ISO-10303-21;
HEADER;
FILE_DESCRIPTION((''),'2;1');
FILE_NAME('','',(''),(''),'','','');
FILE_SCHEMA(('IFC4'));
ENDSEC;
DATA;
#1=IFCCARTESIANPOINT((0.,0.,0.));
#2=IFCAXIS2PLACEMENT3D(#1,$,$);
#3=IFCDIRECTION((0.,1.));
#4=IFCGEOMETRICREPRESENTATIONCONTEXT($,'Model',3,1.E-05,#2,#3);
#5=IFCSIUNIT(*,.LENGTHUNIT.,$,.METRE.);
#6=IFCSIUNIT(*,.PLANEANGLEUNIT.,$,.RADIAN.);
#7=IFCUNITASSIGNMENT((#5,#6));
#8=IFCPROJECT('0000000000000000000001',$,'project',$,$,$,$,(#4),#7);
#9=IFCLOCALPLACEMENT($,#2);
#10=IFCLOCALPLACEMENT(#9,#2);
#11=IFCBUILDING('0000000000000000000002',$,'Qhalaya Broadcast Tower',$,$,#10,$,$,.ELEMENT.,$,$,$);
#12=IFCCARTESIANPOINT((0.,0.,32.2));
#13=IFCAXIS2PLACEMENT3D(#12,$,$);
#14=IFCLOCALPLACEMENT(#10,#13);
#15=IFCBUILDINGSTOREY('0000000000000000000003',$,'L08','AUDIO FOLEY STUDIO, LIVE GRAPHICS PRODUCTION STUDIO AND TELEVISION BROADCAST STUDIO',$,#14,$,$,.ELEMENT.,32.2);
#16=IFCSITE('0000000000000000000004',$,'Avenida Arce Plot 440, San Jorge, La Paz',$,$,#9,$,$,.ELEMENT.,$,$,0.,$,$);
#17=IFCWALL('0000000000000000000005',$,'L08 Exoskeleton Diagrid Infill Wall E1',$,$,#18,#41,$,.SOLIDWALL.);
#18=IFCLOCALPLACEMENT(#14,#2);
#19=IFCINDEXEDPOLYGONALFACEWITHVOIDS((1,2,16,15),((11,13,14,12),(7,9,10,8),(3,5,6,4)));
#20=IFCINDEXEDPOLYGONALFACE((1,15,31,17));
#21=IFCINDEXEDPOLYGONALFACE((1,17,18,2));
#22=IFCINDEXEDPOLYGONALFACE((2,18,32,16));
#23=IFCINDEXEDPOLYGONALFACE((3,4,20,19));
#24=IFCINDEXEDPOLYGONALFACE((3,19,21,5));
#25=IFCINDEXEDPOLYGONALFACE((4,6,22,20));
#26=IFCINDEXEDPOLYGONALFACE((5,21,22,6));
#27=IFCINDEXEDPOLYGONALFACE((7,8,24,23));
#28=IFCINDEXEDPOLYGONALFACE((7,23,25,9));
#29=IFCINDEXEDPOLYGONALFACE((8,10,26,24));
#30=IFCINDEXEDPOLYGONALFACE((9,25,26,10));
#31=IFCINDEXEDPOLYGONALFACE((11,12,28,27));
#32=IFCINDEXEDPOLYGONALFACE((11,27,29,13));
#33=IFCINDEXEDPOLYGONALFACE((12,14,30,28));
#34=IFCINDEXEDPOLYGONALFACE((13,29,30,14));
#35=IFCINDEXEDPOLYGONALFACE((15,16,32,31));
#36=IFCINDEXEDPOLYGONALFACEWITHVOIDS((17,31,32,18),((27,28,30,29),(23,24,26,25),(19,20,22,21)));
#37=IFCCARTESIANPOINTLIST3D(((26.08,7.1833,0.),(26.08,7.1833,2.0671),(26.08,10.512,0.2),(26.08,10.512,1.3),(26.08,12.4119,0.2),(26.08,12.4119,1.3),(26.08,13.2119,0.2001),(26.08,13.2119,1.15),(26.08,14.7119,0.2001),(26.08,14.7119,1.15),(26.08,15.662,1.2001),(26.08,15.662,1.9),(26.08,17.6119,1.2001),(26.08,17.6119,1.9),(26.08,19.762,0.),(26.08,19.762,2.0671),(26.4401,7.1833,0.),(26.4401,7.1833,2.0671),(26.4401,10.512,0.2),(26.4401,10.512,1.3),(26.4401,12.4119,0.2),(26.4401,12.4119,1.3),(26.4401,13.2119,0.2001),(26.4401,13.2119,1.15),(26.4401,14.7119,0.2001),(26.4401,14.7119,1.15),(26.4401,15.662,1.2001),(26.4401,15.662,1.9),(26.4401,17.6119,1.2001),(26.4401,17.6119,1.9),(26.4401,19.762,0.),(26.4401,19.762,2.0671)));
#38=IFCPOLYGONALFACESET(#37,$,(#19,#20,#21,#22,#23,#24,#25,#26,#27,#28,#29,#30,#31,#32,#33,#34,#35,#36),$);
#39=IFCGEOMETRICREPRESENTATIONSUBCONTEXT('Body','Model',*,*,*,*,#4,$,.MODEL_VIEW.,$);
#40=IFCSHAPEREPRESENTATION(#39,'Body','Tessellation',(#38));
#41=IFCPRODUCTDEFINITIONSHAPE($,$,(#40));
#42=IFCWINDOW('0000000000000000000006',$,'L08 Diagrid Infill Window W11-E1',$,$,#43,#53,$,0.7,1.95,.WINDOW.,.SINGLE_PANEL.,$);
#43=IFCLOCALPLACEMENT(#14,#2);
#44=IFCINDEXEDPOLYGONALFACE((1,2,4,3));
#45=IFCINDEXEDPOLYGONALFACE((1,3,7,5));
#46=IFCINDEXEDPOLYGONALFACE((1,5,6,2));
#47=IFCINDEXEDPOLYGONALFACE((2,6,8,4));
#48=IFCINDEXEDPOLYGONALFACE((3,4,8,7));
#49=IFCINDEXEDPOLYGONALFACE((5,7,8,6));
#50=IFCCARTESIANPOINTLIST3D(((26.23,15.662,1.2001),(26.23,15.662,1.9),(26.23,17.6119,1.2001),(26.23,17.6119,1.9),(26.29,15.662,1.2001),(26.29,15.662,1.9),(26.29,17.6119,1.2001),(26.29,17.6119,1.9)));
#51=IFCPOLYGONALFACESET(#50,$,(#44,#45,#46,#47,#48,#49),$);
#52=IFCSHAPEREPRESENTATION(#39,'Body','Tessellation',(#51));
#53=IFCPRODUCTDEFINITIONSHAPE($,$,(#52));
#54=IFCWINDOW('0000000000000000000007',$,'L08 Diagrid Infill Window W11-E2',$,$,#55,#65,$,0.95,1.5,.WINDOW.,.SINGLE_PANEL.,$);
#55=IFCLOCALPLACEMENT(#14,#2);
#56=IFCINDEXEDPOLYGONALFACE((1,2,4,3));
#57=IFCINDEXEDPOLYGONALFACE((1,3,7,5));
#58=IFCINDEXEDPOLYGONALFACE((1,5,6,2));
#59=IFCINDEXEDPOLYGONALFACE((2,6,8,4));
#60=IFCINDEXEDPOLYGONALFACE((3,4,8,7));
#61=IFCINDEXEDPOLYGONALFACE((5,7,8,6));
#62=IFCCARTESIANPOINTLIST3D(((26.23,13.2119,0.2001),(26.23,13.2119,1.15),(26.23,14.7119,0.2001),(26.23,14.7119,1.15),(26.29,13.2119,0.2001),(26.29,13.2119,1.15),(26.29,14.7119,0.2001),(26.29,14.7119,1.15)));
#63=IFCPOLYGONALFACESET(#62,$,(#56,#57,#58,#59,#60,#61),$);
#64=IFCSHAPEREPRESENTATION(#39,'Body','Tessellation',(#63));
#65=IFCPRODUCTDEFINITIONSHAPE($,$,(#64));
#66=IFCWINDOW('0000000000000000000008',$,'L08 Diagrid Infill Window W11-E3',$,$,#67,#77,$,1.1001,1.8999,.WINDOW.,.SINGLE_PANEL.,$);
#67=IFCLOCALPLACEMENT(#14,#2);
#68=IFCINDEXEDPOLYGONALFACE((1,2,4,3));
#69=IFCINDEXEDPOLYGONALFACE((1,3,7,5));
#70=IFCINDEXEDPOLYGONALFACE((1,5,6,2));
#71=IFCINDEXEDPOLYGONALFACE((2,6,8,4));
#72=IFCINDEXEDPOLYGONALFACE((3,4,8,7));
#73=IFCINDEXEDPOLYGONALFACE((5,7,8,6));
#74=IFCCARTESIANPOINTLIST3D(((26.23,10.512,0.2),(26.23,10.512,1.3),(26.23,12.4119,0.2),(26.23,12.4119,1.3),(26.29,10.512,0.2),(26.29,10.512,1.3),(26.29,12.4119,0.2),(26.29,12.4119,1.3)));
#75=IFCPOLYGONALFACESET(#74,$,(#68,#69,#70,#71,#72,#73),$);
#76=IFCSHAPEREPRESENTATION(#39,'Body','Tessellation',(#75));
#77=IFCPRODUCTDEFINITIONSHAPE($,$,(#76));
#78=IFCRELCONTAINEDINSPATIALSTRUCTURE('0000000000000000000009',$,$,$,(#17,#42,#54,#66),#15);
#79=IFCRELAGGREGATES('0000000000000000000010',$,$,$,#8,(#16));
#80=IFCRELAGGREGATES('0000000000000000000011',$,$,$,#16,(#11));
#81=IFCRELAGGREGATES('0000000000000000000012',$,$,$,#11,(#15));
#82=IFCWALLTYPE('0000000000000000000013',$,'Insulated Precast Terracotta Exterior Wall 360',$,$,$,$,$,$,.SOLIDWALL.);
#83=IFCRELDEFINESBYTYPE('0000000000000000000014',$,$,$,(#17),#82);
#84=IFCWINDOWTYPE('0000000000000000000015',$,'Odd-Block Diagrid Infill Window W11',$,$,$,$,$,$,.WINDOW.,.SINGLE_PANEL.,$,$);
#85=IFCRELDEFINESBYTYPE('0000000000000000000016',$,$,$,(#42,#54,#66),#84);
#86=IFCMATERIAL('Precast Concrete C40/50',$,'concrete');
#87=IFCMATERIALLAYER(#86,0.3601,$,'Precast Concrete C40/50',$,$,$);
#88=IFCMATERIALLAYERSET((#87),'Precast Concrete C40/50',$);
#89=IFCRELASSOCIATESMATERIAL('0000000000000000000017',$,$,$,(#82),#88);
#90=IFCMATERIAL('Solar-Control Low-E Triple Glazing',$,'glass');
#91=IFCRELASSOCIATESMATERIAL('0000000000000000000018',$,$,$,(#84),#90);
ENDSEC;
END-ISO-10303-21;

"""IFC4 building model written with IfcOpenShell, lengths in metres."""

from ifc_helpers import new_model, si_unit, direction, frame, frame_2d, origin, place, context, subcontext, project, spatial, rectangle, extrude, material, layer, layer_set, type_object, element, fill, save


model = new_model("IFC4")

# Units and contexts
model_context = context("Model", 3, precision=1e-05, world=origin(), true_north=direction((0.0, 1.0)))
body_context = subcontext(model_context, "Body", "Model", "MODEL_VIEW")
ifc_project = project(units=[si_unit("LENGTHUNIT", "METRE"), si_unit("PLANEANGLEUNIT", "RADIAN")], contexts=[model_context])

# Site, building, storey
site_placement = place(None, origin())
site = spatial("IfcSite", under=ifc_project, at=site_placement, Name="Avenida Arce Plot 440, San Jorge, La Paz", CompositionType="ELEMENT", RefElevation=0.0)
building_placement = place(site_placement, origin())
building = spatial("IfcBuilding", under=site, at=building_placement, Name="Qhalaya Broadcast Tower", CompositionType="ELEMENT")
storey_placement = place(building_placement, frame((0.0, 0.0, 32.2)))
storey = spatial("IfcBuildingStorey", under=building, at=storey_placement, Name="L08", Description="AUDIO FOLEY STUDIO, LIVE GRAPHICS PRODUCTION STUDIO AND TELEVISION BROADCAST STUDIO", CompositionType="ELEMENT", Elevation=32.2)

# Wall, openings, windows
ifc_material_1 = material(Name="Precast Concrete C40/50", Category="concrete")
ifc_layer_1 = layer(ifc_material_1, 0.3601, Name="Precast Concrete C40/50")
ifc_layer_set_1 = layer_set([ifc_layer_1], Name="Precast Concrete C40/50")
wall_type = type_object("IfcWallType", Name="Insulated Precast Terracotta Exterior Wall 360", PredefinedType="SOLIDWALL", material=ifc_layer_set_1)
wall_placement = place(storey_placement, frame((26.26, 19.762, 0.0), z_axis=(0.0, 0.0, 1.0), x_axis=(0.0, -1.0, 0.0)))
wall = element("IfcWall", 1, at=wall_placement, inside=storey, type_object=wall_type, Name="L08 Exoskeleton Diagrid Infill Wall E1", PredefinedType="SOLIDWALL", context=body_context, shape_type="SweptSolid", body=[
    extrude(rectangle(XDim=12.5786, YDim=0.3601, at=frame_2d((6.2893, 0.0))), origin(), (0.0, 0.0, 1.0), 2.0671),
])
opening_1_placement = place(wall_placement, frame((2.1499, 0.0, 1.2)))
opening_1 = element("IfcOpeningElement", 2, at=opening_1_placement, cuts=wall, PredefinedType="OPENING", context=body_context, shape_type="SweptSolid", body=[
    extrude(rectangle(XDim=1.95, YDim=0.7, at=frame_2d((0.9751, 0.3501))), frame((0.0, 0.1921, 0.0), z_axis=(0.0, -1.0, 0.0), x_axis=(1.0, 0.0, 0.0)), (0.0, 0.0, 1.0), 0.384),
])
opening_2_placement = place(wall_placement, frame((5.05, 0.0, 0.2)))
opening_2 = element("IfcOpeningElement", 3, at=opening_2_placement, cuts=wall, PredefinedType="OPENING", context=body_context, shape_type="SweptSolid", body=[
    extrude(rectangle(XDim=1.5, YDim=0.95, at=frame_2d((0.75, 0.4751))), frame((0.0, 0.1921, 0.0), z_axis=(0.0, -1.0, 0.0), x_axis=(1.0, 0.0, 0.0)), (0.0, 0.0, 1.0), 0.384),
])
opening_3_placement = place(wall_placement, frame((7.3501, 0.0, 0.2)))
opening_3 = element("IfcOpeningElement", 4, at=opening_3_placement, cuts=wall, PredefinedType="OPENING", context=body_context, shape_type="SweptSolid", body=[
    extrude(rectangle(XDim=1.8999, YDim=1.1001, at=frame_2d((0.95, 0.55))), frame((0.0, 0.1921, 0.0), z_axis=(0.0, -1.0, 0.0), x_axis=(1.0, 0.0, 0.0)), (0.0, 0.0, 1.0), 0.384),
])
ifc_material_2 = material(Name="Solar-Control Low-E Triple Glazing", Category="glass")
window_type = type_object("IfcWindowType", Name="Odd-Block Diagrid Infill Window W11", PartitioningType="SINGLE_PANEL", PredefinedType="WINDOW", material=ifc_material_2)
window_1_placement = place(opening_1_placement, origin())
window_1 = element("IfcWindow", 5, at=window_1_placement, inside=storey, type_object=window_type, Name="L08 Diagrid Infill Window W11-E1", OverallHeight=0.7, OverallWidth=1.95, PartitioningType="SINGLE_PANEL", PredefinedType="WINDOW", context=body_context, shape_type="SweptSolid", body=[
    extrude(rectangle(XDim=1.95, YDim=0.7, at=frame_2d((0.9751, 0.3501))), frame((0.0, 0.03, 0.0), z_axis=(0.0, -1.0, 0.0), x_axis=(1.0, 0.0, 0.0)), (0.0, 0.0, 1.0), 0.0601),
])
fill(opening_1, window_1)
window_2_placement = place(opening_2_placement, origin())
window_2 = element("IfcWindow", 6, at=window_2_placement, inside=storey, type_object=window_type, Name="L08 Diagrid Infill Window W11-E2", OverallHeight=0.95, OverallWidth=1.5, PartitioningType="SINGLE_PANEL", PredefinedType="WINDOW", context=body_context, shape_type="SweptSolid", body=[
    extrude(rectangle(XDim=1.5, YDim=0.95, at=frame_2d((0.75, 0.4751))), frame((0.0, 0.03, 0.0), z_axis=(0.0, -1.0, 0.0), x_axis=(1.0, 0.0, 0.0)), (0.0, 0.0, 1.0), 0.0601),
])
fill(opening_2, window_2)
window_3_placement = place(opening_3_placement, origin())
window_3 = element("IfcWindow", 7, at=window_3_placement, inside=storey, type_object=window_type, Name="L08 Diagrid Infill Window W11-E3", OverallHeight=1.1001, OverallWidth=1.8999, PartitioningType="SINGLE_PANEL", PredefinedType="WINDOW", context=body_context, shape_type="SweptSolid", body=[
    extrude(rectangle(XDim=1.8999, YDim=1.1001, at=frame_2d((0.95, 0.55))), frame((0.0, 0.03, 0.0), z_axis=(0.0, -1.0, 0.0), x_axis=(1.0, 0.0, 0.0)), (0.0, 0.0, 1.0), 0.0601),
])
fill(opening_3, window_3)

save(model, "model.ifc")
